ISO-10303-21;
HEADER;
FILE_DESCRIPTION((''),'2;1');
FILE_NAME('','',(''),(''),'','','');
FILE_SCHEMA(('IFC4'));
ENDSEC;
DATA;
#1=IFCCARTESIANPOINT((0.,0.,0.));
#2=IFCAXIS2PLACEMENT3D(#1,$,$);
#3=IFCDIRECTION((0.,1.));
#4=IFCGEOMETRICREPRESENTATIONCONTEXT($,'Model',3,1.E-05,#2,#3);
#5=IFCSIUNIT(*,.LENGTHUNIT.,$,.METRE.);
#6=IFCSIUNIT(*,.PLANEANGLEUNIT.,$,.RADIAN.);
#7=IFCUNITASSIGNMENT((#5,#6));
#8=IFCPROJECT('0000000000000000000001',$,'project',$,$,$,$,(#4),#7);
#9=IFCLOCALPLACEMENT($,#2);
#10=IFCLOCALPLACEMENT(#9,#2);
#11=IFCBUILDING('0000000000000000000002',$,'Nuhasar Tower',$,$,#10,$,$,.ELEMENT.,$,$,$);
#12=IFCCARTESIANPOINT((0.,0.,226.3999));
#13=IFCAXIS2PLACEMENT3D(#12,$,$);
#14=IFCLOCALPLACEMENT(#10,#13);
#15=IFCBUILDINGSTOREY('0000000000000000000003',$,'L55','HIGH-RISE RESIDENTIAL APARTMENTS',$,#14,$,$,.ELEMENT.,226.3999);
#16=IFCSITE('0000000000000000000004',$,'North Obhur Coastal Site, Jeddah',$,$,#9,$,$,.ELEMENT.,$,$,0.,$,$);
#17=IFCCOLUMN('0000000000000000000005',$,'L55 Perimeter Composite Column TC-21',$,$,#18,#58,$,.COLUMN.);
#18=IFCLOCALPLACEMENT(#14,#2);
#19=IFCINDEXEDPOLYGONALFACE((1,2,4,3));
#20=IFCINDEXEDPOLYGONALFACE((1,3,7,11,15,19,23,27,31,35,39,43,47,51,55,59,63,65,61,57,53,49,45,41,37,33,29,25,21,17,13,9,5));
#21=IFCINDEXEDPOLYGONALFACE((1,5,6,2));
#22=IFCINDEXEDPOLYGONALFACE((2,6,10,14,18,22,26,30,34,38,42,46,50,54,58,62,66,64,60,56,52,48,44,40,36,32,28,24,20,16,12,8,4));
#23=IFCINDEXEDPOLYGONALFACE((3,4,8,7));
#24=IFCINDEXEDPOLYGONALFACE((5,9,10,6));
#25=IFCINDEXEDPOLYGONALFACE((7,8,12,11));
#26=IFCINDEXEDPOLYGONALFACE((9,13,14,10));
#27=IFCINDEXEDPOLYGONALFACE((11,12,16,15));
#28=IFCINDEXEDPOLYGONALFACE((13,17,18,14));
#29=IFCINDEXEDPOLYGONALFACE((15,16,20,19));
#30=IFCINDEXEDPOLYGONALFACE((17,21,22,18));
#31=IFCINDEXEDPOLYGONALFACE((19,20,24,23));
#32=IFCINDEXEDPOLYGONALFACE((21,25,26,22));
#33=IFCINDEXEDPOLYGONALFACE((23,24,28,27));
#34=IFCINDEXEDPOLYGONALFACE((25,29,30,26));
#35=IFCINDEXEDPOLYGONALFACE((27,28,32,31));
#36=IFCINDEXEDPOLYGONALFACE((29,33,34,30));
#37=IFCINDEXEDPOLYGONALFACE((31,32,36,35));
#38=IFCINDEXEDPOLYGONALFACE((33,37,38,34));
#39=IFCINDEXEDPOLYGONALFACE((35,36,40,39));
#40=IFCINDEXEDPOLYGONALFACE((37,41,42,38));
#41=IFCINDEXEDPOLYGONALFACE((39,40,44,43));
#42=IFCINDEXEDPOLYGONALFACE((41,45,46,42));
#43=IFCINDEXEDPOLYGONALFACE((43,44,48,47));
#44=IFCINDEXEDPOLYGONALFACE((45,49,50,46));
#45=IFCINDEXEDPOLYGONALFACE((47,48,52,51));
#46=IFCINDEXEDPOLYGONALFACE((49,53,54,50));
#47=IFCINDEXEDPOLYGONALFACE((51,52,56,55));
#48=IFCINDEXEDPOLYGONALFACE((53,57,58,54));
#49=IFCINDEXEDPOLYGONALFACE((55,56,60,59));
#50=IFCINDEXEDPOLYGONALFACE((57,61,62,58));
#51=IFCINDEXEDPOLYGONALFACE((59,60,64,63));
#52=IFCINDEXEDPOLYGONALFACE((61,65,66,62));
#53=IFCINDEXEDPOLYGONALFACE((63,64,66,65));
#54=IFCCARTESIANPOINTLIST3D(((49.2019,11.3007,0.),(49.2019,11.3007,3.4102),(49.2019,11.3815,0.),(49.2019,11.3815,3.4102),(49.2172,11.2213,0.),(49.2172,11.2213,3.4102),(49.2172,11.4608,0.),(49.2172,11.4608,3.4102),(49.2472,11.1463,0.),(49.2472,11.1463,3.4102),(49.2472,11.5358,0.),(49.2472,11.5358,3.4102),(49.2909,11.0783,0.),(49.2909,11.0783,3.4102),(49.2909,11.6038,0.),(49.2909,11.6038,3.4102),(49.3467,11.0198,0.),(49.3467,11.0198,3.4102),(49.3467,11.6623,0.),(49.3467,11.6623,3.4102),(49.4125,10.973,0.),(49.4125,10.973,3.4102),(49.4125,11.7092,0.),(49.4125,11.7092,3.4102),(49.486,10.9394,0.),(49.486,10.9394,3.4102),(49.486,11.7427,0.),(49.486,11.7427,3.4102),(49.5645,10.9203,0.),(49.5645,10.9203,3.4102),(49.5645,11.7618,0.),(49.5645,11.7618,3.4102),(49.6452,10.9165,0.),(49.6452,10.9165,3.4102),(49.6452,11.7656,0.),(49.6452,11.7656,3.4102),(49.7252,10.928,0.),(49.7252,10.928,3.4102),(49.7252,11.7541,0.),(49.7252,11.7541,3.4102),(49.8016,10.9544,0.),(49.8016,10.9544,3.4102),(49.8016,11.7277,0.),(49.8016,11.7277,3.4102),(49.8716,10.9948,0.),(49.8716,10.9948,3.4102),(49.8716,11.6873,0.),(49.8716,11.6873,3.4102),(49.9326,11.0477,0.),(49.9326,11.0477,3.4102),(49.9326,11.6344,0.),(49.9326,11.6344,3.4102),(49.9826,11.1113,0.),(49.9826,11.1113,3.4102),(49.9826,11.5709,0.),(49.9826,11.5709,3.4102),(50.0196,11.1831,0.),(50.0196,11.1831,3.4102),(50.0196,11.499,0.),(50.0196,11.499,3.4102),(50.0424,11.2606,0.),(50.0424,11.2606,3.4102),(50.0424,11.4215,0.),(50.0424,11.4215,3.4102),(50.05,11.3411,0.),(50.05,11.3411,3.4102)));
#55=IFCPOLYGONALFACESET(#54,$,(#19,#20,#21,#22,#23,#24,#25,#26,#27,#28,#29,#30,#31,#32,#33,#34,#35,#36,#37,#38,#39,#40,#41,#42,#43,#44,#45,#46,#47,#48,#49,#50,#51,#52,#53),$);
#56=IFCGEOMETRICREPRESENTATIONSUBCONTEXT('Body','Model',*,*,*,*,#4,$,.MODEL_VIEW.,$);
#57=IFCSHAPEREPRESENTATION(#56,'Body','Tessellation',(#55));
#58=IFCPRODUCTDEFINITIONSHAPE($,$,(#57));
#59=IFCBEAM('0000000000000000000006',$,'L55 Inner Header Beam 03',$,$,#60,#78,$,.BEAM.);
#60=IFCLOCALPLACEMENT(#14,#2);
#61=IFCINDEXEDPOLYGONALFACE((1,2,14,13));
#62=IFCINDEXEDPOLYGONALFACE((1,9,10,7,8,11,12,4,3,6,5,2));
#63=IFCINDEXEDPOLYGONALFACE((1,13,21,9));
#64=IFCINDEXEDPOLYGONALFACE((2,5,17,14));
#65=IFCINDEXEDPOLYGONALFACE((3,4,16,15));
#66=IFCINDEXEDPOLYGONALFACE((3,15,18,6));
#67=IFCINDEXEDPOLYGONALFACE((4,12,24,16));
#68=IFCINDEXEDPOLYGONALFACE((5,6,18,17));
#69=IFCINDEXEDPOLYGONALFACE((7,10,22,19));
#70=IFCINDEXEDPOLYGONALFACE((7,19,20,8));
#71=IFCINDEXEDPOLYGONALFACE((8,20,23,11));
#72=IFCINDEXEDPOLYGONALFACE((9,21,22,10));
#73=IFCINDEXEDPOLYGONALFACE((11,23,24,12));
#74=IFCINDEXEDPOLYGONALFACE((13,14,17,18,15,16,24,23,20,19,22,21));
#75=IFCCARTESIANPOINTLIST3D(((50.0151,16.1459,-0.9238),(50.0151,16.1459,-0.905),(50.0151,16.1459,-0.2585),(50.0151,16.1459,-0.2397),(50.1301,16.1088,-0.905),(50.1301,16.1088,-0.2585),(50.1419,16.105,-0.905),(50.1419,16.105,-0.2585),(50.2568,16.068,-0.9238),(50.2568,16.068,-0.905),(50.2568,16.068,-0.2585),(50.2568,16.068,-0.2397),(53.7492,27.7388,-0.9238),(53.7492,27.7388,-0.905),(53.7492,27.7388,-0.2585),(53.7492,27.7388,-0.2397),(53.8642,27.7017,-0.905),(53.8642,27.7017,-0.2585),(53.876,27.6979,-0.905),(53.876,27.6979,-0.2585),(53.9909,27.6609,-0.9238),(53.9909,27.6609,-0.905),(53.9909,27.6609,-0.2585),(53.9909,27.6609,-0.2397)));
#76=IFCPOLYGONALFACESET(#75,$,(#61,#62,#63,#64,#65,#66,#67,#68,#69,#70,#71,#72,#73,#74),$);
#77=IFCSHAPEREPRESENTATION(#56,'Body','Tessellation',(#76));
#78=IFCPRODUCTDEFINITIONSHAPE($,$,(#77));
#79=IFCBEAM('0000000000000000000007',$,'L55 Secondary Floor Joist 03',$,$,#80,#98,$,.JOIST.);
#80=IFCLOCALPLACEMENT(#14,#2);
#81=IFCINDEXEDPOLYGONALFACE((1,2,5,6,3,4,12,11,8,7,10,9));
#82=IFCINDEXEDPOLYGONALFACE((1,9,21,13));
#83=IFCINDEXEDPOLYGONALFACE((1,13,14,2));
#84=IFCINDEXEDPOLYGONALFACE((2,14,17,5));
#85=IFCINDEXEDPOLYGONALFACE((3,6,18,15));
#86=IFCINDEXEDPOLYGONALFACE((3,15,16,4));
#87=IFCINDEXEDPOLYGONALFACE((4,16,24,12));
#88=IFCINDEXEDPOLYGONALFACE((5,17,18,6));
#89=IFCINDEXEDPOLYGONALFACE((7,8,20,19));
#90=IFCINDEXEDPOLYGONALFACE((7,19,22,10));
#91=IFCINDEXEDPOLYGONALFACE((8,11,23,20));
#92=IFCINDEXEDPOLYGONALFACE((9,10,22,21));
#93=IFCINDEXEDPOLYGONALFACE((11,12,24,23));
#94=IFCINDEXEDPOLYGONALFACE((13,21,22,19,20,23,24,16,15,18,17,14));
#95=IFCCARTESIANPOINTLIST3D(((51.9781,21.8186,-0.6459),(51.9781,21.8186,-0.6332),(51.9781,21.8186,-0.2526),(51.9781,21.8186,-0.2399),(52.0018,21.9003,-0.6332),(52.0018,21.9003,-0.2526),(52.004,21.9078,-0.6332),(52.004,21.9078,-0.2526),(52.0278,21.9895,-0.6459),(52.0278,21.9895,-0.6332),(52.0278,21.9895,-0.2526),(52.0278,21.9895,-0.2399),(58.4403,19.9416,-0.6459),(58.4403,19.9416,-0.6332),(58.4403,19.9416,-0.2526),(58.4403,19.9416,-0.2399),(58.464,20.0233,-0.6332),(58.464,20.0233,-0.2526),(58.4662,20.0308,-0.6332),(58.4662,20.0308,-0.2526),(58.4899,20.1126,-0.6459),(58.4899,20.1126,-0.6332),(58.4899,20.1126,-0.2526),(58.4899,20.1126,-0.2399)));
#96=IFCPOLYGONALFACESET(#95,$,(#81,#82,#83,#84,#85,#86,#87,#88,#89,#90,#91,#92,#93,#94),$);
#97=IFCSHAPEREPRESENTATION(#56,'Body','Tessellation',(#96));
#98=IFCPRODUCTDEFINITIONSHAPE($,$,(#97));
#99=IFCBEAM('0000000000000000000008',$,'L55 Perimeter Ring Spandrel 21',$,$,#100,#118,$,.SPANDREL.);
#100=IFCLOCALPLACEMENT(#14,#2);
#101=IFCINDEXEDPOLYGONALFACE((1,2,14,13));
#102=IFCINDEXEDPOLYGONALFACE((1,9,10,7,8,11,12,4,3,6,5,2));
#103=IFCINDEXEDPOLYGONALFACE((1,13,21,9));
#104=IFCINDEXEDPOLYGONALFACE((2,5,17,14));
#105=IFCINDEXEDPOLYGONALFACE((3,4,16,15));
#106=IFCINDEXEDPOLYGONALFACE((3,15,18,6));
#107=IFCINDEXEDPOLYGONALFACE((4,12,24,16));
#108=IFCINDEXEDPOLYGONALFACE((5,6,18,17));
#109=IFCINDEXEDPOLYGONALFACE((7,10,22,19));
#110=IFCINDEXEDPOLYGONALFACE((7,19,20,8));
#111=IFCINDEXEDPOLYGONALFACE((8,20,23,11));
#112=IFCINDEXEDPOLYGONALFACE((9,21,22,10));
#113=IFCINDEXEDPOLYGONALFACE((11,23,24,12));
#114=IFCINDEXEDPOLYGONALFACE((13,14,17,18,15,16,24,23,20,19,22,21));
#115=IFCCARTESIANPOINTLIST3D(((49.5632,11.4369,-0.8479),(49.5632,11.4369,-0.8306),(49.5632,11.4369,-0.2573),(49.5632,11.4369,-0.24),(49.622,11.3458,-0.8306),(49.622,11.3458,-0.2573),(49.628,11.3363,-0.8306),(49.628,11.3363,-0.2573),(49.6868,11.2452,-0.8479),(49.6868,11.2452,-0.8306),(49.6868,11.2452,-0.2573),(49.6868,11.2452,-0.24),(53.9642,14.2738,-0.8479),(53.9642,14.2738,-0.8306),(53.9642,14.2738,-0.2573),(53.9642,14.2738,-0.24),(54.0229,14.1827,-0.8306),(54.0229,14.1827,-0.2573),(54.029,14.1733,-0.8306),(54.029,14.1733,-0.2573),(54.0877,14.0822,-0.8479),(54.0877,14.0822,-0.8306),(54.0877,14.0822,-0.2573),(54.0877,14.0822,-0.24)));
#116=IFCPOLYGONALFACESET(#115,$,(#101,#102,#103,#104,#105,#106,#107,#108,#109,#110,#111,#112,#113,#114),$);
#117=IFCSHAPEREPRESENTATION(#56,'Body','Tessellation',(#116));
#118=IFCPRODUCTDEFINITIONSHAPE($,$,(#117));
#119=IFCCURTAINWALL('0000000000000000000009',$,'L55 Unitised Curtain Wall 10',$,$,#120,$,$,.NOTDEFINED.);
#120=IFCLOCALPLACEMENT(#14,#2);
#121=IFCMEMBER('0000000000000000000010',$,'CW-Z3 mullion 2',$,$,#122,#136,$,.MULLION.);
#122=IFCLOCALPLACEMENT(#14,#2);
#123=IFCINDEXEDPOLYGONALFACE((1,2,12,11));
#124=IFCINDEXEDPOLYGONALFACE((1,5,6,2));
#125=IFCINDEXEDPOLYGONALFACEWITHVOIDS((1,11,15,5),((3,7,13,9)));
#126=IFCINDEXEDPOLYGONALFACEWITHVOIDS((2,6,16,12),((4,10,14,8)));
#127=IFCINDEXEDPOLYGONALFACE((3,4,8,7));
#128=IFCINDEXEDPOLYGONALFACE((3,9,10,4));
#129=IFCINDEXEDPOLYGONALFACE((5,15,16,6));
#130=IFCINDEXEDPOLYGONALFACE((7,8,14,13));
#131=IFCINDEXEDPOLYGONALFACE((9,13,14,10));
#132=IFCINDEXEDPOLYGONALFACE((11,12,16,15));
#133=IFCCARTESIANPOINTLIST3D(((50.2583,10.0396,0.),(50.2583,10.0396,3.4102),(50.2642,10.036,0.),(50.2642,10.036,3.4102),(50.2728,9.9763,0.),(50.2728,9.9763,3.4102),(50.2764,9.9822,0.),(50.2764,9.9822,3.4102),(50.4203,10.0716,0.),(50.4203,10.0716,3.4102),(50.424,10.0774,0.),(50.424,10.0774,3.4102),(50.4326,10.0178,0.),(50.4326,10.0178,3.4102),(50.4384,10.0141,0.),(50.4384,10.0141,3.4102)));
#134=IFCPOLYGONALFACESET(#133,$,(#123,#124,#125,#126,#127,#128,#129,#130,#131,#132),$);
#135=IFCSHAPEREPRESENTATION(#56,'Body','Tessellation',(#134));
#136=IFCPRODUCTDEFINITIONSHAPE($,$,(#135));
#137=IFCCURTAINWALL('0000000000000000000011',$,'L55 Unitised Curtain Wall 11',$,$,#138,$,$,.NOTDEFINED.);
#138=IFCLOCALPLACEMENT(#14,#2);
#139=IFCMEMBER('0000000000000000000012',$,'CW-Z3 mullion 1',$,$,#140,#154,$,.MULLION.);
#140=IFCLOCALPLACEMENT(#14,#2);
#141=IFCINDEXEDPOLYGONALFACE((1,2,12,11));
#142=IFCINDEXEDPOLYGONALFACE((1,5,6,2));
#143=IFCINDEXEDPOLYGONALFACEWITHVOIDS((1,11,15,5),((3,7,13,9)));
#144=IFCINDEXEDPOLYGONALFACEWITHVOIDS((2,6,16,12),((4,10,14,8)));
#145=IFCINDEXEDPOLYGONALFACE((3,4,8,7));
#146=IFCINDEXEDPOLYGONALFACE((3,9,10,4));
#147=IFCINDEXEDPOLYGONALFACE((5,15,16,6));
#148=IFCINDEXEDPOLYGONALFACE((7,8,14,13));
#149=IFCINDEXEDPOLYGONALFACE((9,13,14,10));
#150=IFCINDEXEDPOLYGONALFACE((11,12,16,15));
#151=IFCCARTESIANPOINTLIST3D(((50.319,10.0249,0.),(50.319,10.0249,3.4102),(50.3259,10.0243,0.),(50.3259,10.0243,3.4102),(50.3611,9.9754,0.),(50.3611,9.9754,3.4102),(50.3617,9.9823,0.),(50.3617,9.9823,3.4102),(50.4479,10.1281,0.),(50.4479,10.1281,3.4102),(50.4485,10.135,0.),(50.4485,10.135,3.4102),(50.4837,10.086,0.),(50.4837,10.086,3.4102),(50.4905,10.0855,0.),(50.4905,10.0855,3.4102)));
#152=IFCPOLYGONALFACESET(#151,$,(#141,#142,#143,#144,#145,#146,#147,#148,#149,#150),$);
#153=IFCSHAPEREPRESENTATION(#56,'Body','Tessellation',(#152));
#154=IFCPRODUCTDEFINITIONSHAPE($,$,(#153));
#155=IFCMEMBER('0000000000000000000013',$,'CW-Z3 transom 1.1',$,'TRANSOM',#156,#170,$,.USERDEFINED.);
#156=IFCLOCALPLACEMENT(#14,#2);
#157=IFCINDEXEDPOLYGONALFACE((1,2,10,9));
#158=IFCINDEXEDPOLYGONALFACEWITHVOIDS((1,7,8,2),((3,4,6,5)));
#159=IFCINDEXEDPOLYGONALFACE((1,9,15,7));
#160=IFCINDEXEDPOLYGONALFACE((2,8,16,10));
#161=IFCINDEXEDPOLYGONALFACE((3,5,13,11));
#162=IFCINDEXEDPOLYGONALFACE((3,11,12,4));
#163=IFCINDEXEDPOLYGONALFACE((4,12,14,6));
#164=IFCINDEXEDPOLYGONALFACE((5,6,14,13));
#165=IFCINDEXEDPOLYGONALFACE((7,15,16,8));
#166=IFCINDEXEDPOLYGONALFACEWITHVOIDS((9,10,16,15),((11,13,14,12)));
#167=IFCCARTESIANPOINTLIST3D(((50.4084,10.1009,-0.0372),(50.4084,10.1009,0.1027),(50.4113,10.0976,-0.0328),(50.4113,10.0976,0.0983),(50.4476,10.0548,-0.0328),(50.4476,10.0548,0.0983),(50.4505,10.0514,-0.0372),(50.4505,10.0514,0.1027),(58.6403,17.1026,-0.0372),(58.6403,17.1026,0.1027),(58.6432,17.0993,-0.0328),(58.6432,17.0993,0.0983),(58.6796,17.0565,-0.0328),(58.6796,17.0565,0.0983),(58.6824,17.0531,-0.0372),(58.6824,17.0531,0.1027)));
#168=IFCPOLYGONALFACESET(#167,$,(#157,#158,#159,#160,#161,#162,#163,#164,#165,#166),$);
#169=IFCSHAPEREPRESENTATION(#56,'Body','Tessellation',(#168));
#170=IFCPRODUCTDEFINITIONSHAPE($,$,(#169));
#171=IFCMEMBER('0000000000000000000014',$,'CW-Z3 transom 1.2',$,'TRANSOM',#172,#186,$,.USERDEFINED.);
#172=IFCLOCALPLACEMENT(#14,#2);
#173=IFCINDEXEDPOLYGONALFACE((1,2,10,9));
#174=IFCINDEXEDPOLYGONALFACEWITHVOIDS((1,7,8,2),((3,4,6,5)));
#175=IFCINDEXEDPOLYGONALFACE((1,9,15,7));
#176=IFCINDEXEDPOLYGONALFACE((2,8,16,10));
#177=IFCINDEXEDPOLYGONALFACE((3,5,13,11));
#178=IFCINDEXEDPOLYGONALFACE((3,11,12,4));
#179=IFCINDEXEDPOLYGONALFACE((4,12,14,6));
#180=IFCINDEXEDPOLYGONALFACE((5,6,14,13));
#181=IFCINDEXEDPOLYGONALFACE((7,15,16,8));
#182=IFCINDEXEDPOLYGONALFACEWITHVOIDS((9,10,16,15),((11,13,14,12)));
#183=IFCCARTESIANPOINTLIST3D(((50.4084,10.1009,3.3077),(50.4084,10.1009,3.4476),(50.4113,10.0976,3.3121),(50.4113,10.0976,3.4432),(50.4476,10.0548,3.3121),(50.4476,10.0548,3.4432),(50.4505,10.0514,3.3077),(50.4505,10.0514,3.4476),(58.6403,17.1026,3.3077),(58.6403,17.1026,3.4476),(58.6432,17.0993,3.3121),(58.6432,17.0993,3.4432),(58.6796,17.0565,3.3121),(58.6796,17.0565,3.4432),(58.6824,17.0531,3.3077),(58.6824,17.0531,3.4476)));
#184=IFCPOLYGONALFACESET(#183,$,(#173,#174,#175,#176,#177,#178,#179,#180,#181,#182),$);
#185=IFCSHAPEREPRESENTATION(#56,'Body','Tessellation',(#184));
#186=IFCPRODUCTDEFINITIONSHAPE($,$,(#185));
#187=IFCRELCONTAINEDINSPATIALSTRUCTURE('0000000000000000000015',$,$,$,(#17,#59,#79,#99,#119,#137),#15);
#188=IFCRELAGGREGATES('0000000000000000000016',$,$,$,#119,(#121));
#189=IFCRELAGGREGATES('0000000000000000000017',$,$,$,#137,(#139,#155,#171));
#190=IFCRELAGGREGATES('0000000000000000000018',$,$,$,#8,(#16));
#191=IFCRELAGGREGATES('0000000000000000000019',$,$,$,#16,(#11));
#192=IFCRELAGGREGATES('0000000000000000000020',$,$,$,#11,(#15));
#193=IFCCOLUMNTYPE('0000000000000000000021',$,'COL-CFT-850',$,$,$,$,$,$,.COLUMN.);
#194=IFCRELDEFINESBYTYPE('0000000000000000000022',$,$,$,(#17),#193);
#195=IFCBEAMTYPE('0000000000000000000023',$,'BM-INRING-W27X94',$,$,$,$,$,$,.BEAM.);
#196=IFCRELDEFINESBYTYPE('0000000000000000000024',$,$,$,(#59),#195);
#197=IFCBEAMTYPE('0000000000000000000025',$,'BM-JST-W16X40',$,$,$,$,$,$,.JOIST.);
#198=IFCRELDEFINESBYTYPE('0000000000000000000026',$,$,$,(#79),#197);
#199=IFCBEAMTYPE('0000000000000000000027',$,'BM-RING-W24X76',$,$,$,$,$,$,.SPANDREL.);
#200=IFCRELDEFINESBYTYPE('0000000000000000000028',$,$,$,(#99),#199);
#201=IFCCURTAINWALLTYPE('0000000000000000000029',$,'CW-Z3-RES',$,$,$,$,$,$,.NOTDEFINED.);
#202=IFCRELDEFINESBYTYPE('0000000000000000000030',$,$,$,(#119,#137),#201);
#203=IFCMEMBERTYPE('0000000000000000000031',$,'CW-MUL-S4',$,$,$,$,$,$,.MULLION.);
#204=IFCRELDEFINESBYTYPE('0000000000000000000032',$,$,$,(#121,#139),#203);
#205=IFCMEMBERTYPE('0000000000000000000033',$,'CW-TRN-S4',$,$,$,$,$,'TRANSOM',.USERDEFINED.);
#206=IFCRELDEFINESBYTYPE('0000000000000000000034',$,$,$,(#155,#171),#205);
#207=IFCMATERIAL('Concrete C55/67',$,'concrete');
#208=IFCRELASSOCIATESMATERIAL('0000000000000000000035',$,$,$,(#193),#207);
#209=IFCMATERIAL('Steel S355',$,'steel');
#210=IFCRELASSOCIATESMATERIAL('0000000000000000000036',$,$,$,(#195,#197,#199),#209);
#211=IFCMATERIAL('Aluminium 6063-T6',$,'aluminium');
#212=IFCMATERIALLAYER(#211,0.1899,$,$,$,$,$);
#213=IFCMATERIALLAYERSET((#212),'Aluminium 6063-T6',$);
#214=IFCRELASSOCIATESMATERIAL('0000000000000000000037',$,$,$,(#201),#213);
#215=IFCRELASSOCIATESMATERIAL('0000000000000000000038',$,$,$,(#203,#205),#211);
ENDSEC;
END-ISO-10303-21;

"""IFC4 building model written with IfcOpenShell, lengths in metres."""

from ifc_helpers import new_model, si_unit, direction, frame, origin, origin_2d, place, context, subcontext, project, spatial, hollow_rectangle, circle, i_section, extrude, material, layer, layer_set, material_profile, profile_set, type_object, element, aggregate, save


model = new_model("IFC4")

# Units and contexts
model_context = context("Model", 3, precision=1e-05, world=origin(), true_north=direction((0.0, 1.0)))
body_context = subcontext(model_context, "Body", "Model", "MODEL_VIEW")
ifc_project = project(units=[si_unit("LENGTHUNIT", "METRE"), si_unit("PLANEANGLEUNIT", "RADIAN")], contexts=[model_context])

# Site, building, storey
site_placement = place(None, origin())
site = spatial("IfcSite", under=ifc_project, at=site_placement, Name="North Obhur Coastal Site, Jeddah", CompositionType="ELEMENT", RefElevation=0.0)
building_placement = place(site_placement, origin())
building = spatial("IfcBuilding", under=site, at=building_placement, Name="Nuhasar Tower", CompositionType="ELEMENT")
storey_placement = place(building_placement, frame((0.0, 0.0, 226.3999)))
storey = spatial("IfcBuildingStorey", under=building, at=storey_placement, Name="L55", Description="HIGH-RISE RESIDENTIAL APARTMENTS", CompositionType="ELEMENT", Elevation=226.3999)

# Column
ifc_material_1 = material(Name="Concrete C55/67", Category="concrete")
ifc_material_profile_1 = material_profile(ifc_material_1, circle(Radius=0.425, at=origin_2d()), Name="CFT850")
ifc_profile_set_1 = profile_set([ifc_material_profile_1], Name="Concrete C55/67")
column_type = type_object("IfcColumnType", Name="COL-CFT-850", PredefinedType="COLUMN", material=ifc_profile_set_1)
column_placement = place(storey_placement, frame((49.625, 11.3411, 0.0), z_axis=(0.0, 0.0, 1.0), x_axis=(1.0, 0.0, 0.0)))
element("IfcColumn", 1, at=column_placement, inside=storey, type_object=column_type, Name="L55 Perimeter Composite Column TC-21", PredefinedType="COLUMN", context=body_context, shape_type="SweptSolid", body=[
    extrude(circle(Radius=0.425, at=origin_2d()), origin(), (0.0, 0.0, 1.0), 3.4102),
])

# Beams
ifc_material_2 = material(Name="Steel S355", Category="steel")
ifc_material_profile_2 = material_profile(ifc_material_2, i_section(OverallWidth=0.2539, OverallDepth=0.6841, WebThickness=0.0125, FlangeThickness=0.0188, at=origin_2d()), Name="W27X94")
ifc_profile_set_2 = profile_set([ifc_material_profile_2], Name="Steel S355")
beam_type_1 = type_object("IfcBeamType", Name="BM-INRING-W27X94", PredefinedType="BEAM", material=ifc_profile_set_2)
beam_1_placement = place(storey_placement, frame((50.136, 16.1069, -0.5818), z_axis=(0.30659, 0.951842, 0.0), x_axis=(-0.951842, 0.30659, 0.0)))
element("IfcBeam", 2, at=beam_1_placement, inside=storey, type_object=beam_type_1, Name="L55 Inner Header Beam 03", PredefinedType="BEAM", context=body_context, shape_type="SweptSolid", body=[
    extrude(i_section(OverallWidth=0.2539, OverallDepth=0.6841, WebThickness=0.0125, FlangeThickness=0.0188, at=origin_2d()), origin(), (0.0, 0.0, 1.0), 12.1794),
])
ifc_material_profile_3 = material_profile(ifc_material_2, i_section(OverallWidth=0.178, OverallDepth=0.406, WebThickness=0.0078, FlangeThickness=0.0127, at=origin_2d()), Name="W16X40")
ifc_profile_set_3 = profile_set([ifc_material_profile_3], Name="Steel S355")
beam_type_2 = type_object("IfcBeamType", Name="BM-JST-W16X40", PredefinedType="JOIST", material=ifc_profile_set_3)
beam_2_placement = place(storey_placement, frame((52.0029, 21.9041, -0.4429), z_axis=(0.960313, -0.278926, 0.0), x_axis=(0.278926, 0.960313, 0.0)))
element("IfcBeam", 3, at=beam_2_placement, inside=storey, type_object=beam_type_2, Name="L55 Secondary Floor Joist 03", PredefinedType="JOIST", context=body_context, shape_type="SweptSolid", body=[
    extrude(i_section(OverallWidth=0.178, OverallDepth=0.406, WebThickness=0.0078, FlangeThickness=0.0127, at=origin_2d()), origin(), (0.0, 0.0, 1.0), 6.7292),
])
ifc_material_profile_4 = material_profile(ifc_material_2, i_section(OverallWidth=0.228, OverallDepth=0.6079, WebThickness=0.0112, FlangeThickness=0.0173, at=origin_2d()), Name="W24X76")
ifc_profile_set_4 = profile_set([ifc_material_profile_4], Name="Steel S355")
beam_type_3 = type_object("IfcBeamType", Name="BM-RING-W24X76", PredefinedType="SPANDREL", material=ifc_profile_set_4)
beam_3_placement = place(storey_placement, frame((49.625, 11.3411, -0.5439), z_axis=(0.840502, 0.541808, 0.0), x_axis=(-0.541808, 0.840502, 0.0)))
element("IfcBeam", 4, at=beam_3_placement, inside=storey, type_object=beam_type_3, Name="L55 Perimeter Ring Spandrel 21", PredefinedType="SPANDREL", context=body_context, shape_type="SweptSolid", body=[
    extrude(i_section(OverallWidth=0.228, OverallDepth=0.6079, WebThickness=0.0112, FlangeThickness=0.0173, at=origin_2d()), origin(), (0.0, 0.0, 1.0), 5.2361),
])

# Curtain wall, member
ifc_material_3 = material(Name="Aluminium 6063-T6", Category="aluminium")
ifc_layer_1 = layer(ifc_material_3, 0.1899)
ifc_layer_set_1 = layer_set([ifc_layer_1], Name="Aluminium 6063-T6")
curtain_wall_type = type_object("IfcCurtainWallType", Name="CW-Z3-RES", PredefinedType="NOTDEFINED", material=ifc_layer_set_1)
curtain_wall_1_placement = place(storey_placement, origin())
curtain_wall_1 = element("IfcCurtainWall", 5, at=curtain_wall_1_placement, inside=storey, type_object=curtain_wall_type, Name="L55 Unitised Curtain Wall 10", PredefinedType="NOTDEFINED")
ifc_material_profile_5 = material_profile(ifc_material_3, hollow_rectangle(XDim=0.0649, YDim=0.1699, WallThickness=0.0049, at=origin_2d()), Name="CWM-4")
ifc_profile_set_5 = profile_set([ifc_material_profile_5], Name="Aluminium 6063-T6")
member_type_1 = type_object("IfcMemberType", Name="CW-MUL-S4", PredefinedType="MULLION", material=ifc_profile_set_5)
member_1_placement = place(storey_placement, frame((50.3484, 10.0269, 0.0), z_axis=(0.0, 0.0, 1.0), x_axis=(-0.222243, 0.974991, 0.0)))
member_1 = element("IfcMember", 6, at=member_1_placement, type_object=member_type_1, Name="CW-Z3 mullion 2", PredefinedType="MULLION", context=body_context, shape_type="SweptSolid", body=[
    extrude(hollow_rectangle(XDim=0.0649, YDim=0.1699, WallThickness=0.0049, at=origin_2d()), origin(), (0.0, 0.0, 1.0), 3.4102),
])
aggregate(curtain_wall_1, [member_1])

# Curtain wall, members
curtain_wall_2_placement = place(storey_placement, origin())
curtain_wall_2 = element("IfcCurtainWall", 7, at=curtain_wall_2_placement, inside=storey, type_object=curtain_wall_type, Name="L55 Unitised Curtain Wall 11", PredefinedType="NOTDEFINED")
member_2_placement = place(storey_placement, frame((50.4048, 10.0552, 0.0), z_axis=(0.0, 0.0, 1.0), x_axis=(-0.647895, 0.761729, 0.0)))
member_2 = element("IfcMember", 8, at=member_2_placement, type_object=member_type_1, Name="CW-Z3 mullion 1", PredefinedType="MULLION", context=body_context, shape_type="SweptSolid", body=[
    extrude(hollow_rectangle(XDim=0.0649, YDim=0.1699, WallThickness=0.0049, at=origin_2d()), origin(), (0.0, 0.0, 1.0), 3.4102),
])
ifc_material_profile_6 = material_profile(ifc_material_3, hollow_rectangle(XDim=0.0649, YDim=0.1399, WallThickness=0.0044, at=origin_2d()), Name="CWT-4")
ifc_profile_set_6 = profile_set([ifc_material_profile_6], Name="Aluminium 6063-T6")
member_type_2 = type_object("IfcMemberType", Name="CW-TRN-S4", ElementType="TRANSOM", PredefinedType="USERDEFINED", material=ifc_profile_set_6)
member_3_placement = place(storey_placement, frame((50.4294, 10.0762, 0.0327), z_axis=(0.761731, 0.647894, 0.0), x_axis=(-0.647894, 0.761731, 0.0)))
member_3 = element("IfcMember", 9, at=member_3_placement, type_object=member_type_2, Name="CW-Z3 transom 1.1", ObjectType="TRANSOM", PredefinedType="USERDEFINED", context=body_context, shape_type="SweptSolid", body=[
    extrude(hollow_rectangle(XDim=0.0649, YDim=0.1399, WallThickness=0.0044, at=origin_2d()), origin(), (0.0, 0.0, 1.0), 10.8069),
])
member_4_placement = place(storey_placement, frame((50.4294, 10.0762, 3.3777), z_axis=(0.761731, 0.647894, 0.0), x_axis=(-0.647894, 0.761731, 0.0)))
member_4 = element("IfcMember", 10, at=member_4_placement, type_object=member_type_2, Name="CW-Z3 transom 1.2", ObjectType="TRANSOM", PredefinedType="USERDEFINED", context=body_context, shape_type="SweptSolid", body=[
    extrude(hollow_rectangle(XDim=0.0649, YDim=0.1399, WallThickness=0.0044, at=origin_2d()), origin(), (0.0, 0.0, 1.0), 10.8069),
])
aggregate(curtain_wall_2, [member_2, member_3, member_4])

save(model, "model.ifc")
